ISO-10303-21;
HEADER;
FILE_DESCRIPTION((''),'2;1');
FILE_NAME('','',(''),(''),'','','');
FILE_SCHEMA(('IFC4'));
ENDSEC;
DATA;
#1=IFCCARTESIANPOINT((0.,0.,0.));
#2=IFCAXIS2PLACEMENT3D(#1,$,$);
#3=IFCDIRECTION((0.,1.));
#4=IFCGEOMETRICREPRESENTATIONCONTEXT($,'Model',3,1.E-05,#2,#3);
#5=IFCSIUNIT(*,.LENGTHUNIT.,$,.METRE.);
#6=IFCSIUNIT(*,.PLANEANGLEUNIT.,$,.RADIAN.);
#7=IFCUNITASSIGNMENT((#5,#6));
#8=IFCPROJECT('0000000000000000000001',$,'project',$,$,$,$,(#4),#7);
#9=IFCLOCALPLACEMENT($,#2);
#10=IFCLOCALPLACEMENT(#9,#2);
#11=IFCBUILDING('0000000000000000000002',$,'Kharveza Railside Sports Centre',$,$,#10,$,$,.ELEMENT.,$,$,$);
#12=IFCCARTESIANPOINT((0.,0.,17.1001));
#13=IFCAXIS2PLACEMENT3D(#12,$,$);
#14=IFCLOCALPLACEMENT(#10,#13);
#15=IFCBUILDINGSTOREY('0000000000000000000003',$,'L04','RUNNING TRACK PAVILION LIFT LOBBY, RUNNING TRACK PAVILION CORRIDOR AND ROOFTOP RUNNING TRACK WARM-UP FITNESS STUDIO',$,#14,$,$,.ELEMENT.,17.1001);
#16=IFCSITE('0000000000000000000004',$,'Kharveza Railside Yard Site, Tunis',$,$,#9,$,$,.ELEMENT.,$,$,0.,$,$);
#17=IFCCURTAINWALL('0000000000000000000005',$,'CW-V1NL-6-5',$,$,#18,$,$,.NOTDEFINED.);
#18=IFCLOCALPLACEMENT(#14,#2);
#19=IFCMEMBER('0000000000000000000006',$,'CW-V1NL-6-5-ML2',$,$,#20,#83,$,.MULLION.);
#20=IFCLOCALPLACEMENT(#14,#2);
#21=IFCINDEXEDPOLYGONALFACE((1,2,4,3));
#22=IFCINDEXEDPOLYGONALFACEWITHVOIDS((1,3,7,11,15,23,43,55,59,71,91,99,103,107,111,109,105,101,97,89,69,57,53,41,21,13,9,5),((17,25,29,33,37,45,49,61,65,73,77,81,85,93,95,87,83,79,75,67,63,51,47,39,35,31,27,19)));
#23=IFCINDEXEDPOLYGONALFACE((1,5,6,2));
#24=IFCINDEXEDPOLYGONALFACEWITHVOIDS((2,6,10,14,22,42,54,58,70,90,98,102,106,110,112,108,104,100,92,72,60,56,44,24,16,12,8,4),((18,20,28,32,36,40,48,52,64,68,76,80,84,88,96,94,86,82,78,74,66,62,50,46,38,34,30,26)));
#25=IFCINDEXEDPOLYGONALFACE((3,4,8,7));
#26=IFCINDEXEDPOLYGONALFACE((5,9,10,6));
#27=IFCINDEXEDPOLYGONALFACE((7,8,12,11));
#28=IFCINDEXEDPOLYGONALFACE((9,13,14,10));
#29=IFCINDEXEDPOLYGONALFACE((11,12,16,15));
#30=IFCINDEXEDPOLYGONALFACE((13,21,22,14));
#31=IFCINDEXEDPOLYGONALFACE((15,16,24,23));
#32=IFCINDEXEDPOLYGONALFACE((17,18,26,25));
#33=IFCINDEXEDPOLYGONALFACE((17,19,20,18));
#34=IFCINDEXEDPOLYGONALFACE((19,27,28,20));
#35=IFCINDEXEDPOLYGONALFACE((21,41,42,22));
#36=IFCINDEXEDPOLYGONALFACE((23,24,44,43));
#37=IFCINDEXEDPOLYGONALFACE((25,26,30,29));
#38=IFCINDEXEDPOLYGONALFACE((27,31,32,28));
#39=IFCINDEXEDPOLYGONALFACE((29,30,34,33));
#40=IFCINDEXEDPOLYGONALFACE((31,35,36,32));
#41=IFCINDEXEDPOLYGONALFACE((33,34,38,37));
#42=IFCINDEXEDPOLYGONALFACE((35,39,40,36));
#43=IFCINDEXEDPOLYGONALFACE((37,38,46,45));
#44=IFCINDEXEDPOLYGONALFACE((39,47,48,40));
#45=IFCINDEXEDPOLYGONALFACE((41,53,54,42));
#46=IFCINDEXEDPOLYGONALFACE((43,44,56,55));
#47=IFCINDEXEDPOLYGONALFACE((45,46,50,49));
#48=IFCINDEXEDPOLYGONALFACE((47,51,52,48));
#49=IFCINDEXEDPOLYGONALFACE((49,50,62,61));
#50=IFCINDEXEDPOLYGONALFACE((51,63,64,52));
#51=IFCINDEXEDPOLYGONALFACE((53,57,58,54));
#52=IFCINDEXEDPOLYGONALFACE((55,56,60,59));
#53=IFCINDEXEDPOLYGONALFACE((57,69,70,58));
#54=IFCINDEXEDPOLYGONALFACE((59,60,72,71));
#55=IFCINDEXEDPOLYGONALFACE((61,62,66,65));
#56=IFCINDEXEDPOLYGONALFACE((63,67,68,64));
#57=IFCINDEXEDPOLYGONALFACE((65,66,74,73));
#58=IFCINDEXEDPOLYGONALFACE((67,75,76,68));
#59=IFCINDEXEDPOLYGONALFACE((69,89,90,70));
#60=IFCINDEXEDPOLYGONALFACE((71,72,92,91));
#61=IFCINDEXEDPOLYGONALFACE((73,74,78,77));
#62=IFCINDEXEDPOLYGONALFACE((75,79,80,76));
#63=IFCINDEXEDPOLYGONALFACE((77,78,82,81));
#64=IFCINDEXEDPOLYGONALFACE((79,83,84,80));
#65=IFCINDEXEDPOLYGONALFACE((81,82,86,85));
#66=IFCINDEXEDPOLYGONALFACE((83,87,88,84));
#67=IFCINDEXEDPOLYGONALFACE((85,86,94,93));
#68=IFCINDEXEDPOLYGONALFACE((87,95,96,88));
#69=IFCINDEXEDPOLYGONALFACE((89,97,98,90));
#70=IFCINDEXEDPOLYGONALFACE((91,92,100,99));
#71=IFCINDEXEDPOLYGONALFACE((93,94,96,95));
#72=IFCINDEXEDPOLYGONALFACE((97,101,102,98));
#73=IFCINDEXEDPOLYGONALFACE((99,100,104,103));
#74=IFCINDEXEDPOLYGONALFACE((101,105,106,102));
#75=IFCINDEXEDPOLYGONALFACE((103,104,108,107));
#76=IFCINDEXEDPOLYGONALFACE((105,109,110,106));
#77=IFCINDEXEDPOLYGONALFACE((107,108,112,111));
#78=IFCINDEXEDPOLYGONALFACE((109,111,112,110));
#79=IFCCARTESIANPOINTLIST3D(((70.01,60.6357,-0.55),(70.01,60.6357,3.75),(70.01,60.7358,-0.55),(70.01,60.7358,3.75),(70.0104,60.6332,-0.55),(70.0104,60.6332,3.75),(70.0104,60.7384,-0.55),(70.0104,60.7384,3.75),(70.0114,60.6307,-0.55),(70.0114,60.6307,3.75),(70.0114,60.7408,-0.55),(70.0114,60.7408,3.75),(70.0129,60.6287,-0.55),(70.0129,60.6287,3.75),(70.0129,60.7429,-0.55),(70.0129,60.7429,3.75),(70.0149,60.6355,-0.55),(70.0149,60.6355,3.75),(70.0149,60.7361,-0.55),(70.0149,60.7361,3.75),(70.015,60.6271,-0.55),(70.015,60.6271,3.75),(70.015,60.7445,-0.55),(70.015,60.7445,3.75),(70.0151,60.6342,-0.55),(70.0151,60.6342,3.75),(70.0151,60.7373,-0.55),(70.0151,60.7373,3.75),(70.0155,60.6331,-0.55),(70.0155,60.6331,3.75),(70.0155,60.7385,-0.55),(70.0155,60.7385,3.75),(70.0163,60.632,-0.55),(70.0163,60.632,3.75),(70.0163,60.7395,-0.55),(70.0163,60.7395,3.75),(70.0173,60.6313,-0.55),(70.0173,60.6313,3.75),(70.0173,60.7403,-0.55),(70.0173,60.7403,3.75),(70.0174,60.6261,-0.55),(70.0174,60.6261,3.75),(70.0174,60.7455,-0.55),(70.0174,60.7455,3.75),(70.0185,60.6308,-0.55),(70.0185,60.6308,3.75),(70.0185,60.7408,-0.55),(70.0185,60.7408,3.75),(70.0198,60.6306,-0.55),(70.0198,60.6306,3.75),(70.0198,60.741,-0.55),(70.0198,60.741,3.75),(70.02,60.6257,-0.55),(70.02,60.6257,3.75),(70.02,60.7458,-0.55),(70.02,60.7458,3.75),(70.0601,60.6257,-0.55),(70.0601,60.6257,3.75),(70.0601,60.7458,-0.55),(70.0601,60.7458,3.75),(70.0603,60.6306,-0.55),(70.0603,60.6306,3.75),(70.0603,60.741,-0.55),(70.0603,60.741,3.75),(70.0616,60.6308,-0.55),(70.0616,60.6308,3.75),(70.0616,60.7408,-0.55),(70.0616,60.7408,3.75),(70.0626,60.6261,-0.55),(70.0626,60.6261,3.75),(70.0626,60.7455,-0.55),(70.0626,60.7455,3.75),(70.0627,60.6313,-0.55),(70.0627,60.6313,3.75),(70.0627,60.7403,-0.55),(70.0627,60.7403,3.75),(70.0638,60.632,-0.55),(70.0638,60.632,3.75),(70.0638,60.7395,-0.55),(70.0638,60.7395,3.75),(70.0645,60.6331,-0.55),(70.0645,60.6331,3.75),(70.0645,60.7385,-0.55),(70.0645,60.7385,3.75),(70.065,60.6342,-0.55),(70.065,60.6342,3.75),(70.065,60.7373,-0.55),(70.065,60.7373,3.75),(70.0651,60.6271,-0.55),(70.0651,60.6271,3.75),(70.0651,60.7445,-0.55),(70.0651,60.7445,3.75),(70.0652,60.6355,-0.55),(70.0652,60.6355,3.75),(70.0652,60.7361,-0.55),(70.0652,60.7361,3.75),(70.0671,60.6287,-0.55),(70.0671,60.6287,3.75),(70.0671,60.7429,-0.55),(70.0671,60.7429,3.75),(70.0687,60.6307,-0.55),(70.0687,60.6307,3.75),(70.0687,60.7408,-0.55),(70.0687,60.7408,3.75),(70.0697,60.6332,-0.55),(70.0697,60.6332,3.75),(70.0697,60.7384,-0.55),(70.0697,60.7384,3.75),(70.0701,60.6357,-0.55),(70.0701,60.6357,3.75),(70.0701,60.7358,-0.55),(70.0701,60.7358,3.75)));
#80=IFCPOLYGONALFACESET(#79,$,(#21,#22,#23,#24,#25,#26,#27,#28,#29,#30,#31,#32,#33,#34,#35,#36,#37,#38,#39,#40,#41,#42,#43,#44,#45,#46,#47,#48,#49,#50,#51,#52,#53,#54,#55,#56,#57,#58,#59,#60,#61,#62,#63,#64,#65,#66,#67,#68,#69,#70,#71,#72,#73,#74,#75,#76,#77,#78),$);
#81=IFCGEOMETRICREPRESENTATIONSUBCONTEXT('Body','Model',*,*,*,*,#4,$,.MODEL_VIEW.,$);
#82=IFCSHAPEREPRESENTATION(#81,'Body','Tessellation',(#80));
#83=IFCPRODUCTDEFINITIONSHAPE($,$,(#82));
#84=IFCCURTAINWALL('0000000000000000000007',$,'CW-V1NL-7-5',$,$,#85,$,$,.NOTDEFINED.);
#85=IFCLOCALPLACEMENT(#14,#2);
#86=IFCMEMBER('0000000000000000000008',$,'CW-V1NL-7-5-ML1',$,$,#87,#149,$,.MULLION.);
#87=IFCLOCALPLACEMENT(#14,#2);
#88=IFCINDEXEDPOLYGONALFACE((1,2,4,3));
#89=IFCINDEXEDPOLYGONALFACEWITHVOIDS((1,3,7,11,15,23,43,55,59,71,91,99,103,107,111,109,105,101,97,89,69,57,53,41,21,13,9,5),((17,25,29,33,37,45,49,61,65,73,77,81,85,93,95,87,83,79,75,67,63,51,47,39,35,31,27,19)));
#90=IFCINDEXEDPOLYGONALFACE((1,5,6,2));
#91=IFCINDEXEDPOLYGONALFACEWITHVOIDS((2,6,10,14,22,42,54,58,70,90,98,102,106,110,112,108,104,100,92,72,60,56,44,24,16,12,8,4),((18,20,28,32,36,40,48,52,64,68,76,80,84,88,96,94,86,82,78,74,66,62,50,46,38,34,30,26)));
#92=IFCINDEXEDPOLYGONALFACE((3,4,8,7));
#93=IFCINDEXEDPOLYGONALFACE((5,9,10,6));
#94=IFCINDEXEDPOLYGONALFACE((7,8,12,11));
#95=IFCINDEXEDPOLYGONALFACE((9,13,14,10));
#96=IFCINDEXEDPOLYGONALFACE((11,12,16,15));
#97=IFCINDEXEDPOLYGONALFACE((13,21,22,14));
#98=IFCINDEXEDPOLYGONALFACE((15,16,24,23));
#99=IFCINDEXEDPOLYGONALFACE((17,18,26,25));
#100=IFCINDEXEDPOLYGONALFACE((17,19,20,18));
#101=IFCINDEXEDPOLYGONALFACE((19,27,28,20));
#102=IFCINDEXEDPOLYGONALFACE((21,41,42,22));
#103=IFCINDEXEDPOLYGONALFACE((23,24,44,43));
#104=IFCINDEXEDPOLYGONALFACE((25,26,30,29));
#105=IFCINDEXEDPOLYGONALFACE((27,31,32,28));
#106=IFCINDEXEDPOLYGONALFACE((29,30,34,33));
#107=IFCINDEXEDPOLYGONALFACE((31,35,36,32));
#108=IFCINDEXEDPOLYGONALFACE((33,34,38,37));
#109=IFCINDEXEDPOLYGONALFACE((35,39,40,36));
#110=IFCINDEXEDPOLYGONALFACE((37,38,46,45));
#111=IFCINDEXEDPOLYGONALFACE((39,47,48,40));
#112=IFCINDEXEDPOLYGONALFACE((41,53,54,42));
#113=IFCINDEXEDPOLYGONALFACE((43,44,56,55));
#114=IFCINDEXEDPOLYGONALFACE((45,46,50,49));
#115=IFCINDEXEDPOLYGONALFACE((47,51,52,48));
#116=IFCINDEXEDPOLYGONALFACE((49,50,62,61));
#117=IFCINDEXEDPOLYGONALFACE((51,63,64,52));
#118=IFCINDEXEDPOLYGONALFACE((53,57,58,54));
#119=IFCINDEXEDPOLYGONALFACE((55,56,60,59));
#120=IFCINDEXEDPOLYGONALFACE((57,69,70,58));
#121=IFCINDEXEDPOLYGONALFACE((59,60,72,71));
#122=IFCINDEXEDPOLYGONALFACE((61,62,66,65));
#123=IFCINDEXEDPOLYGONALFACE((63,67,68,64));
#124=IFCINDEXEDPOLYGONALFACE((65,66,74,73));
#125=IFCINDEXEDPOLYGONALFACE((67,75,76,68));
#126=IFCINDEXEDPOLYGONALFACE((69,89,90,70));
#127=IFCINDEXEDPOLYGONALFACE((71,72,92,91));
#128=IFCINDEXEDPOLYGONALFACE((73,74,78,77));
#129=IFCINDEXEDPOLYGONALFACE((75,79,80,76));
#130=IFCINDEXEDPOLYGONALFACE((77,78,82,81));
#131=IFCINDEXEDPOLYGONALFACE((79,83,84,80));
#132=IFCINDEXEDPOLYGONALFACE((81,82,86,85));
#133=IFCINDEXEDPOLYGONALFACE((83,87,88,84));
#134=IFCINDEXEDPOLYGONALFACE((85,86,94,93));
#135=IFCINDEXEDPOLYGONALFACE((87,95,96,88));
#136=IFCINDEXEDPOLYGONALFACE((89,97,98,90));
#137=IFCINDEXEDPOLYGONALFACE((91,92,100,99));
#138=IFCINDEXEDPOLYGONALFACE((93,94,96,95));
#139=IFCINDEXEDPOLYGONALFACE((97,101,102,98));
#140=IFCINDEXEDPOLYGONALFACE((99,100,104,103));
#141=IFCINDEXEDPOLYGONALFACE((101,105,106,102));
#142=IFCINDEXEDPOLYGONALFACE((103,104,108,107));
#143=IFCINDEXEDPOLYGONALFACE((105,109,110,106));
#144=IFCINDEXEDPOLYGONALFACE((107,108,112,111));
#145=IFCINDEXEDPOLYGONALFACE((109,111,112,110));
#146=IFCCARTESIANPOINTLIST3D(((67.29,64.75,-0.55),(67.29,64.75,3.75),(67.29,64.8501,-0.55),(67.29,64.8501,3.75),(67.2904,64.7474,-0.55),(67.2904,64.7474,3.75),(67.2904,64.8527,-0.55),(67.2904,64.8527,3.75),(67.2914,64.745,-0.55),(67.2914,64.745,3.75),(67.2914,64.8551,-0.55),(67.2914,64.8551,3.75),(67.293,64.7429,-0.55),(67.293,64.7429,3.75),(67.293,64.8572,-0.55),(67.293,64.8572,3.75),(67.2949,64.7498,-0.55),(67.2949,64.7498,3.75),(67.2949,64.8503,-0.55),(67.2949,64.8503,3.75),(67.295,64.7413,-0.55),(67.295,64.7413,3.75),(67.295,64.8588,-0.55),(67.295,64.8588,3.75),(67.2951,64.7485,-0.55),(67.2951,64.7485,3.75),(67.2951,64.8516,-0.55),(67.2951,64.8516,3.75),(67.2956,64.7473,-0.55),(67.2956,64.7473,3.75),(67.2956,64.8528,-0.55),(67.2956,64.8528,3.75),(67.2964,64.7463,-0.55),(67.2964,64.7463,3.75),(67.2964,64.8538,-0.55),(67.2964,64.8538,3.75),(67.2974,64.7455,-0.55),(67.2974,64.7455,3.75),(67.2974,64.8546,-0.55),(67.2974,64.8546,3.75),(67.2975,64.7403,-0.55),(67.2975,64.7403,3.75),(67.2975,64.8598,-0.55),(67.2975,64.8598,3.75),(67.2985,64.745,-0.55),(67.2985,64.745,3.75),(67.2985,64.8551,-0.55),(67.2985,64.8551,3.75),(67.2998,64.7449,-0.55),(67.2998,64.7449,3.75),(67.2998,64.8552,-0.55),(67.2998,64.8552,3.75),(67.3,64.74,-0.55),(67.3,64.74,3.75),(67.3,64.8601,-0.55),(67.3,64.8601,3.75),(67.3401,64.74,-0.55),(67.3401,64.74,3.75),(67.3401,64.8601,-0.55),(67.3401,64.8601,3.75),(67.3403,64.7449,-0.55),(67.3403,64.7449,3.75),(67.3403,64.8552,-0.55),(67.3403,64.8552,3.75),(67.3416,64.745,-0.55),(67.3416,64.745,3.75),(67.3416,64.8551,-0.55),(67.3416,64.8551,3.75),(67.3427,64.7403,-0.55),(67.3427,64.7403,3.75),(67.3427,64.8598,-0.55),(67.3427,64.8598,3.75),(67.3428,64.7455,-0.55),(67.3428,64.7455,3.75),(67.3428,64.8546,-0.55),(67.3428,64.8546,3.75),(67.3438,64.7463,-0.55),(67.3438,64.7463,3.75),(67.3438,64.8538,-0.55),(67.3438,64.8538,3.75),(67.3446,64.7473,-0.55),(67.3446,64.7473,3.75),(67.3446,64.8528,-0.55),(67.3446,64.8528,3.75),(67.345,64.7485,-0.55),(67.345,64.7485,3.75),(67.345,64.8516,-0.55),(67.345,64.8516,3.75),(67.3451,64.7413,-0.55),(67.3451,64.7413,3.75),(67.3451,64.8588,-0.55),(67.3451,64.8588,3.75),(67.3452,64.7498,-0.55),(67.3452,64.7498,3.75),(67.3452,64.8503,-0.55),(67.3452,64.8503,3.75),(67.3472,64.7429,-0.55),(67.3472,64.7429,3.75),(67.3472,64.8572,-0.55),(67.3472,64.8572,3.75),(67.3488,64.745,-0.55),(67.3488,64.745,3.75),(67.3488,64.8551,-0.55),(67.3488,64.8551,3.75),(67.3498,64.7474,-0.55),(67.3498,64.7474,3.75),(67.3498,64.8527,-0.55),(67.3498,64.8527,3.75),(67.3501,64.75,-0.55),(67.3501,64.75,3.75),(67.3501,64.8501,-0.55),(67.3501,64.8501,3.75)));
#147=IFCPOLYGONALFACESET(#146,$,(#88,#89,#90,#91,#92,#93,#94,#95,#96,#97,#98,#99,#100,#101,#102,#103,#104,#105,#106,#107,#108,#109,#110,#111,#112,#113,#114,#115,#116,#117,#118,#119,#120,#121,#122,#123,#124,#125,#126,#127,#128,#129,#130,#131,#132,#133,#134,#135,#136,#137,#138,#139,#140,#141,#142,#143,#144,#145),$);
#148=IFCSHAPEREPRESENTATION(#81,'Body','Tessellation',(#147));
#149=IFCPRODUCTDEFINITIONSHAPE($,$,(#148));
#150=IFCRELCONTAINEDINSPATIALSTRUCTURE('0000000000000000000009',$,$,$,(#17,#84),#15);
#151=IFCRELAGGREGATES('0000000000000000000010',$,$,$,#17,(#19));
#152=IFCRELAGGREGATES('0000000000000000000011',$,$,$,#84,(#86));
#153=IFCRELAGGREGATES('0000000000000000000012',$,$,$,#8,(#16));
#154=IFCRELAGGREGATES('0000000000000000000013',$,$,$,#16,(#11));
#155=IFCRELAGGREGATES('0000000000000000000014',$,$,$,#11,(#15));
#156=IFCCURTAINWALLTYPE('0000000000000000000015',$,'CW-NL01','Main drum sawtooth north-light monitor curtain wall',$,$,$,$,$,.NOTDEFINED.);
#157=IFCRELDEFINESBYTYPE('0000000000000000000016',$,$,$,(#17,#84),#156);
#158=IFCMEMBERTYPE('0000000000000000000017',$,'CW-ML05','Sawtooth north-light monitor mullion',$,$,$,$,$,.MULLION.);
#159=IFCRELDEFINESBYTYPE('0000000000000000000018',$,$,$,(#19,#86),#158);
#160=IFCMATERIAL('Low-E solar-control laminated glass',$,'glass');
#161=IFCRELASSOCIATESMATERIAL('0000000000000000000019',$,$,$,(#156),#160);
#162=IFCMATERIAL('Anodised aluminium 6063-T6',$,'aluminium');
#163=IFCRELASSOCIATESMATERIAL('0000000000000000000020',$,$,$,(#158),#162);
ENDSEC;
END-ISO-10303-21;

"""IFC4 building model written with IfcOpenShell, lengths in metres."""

from ifc_helpers import new_model, si_unit, direction, frame, origin, origin_2d, place, context, subcontext, project, spatial, hollow_rectangle, extrude, material, material_profile, profile_set, type_object, element, aggregate, save


model = new_model("IFC4")

# Units and contexts
model_context = context("Model", 3, precision=1e-05, world=origin(), true_north=direction((0.0, 1.0)))
body_context = subcontext(model_context, "Body", "Model", "MODEL_VIEW")
ifc_project = project(units=[si_unit("LENGTHUNIT", "METRE"), si_unit("PLANEANGLEUNIT", "RADIAN")], contexts=[model_context])

# Site, building, storey
site_placement = place(None, origin())
site = spatial("IfcSite", under=ifc_project, at=site_placement, Name="Kharveza Railside Yard Site, Tunis", CompositionType="ELEMENT", RefElevation=0.0)
building_placement = place(site_placement, origin())
building = spatial("IfcBuilding", under=site, at=building_placement, Name="Kharveza Railside Sports Centre", CompositionType="ELEMENT")
storey_placement = place(building_placement, frame((0.0, 0.0, 17.1001)))
storey = spatial("IfcBuildingStorey", under=building, at=storey_placement, Name="L04", Description="RUNNING TRACK PAVILION LIFT LOBBY, RUNNING TRACK PAVILION CORRIDOR AND ROOFTOP RUNNING TRACK WARM-UP FITNESS STUDIO", CompositionType="ELEMENT", Elevation=17.1001)

# Shared definitions
ifc_material_1 = material(Name="Low-E solar-control laminated glass", Category="glass")
curtain_wall_type = type_object("IfcCurtainWallType", Name="CW-NL01", Description="Main drum sawtooth north-light monitor curtain wall", PredefinedType="NOTDEFINED", material=ifc_material_1)
ifc_material_2 = material(Name="Anodised aluminium 6063-T6", Category="aluminium")
ifc_material_profile_1 = material_profile(ifc_material_2, hollow_rectangle(XDim=0.0601, YDim=0.1201, WallThickness=0.0049, InnerFilletRadius=0.0049, OuterFilletRadius=0.01, at=origin_2d()), Name="RHS 60x120x5.0")
ifc_profile_set_1 = profile_set([ifc_material_profile_1], Name="Anodised aluminium 6063-T6")
member_type_1 = type_object("IfcMemberType", Name="CW-ML05", Description="Sawtooth north-light monitor mullion", PredefinedType="MULLION", material=ifc_profile_set_1)

# Curtain walls, members
curtain_wall_1_placement = place(storey_placement, origin())
curtain_wall_1 = element("IfcCurtainWall", 1, at=curtain_wall_1_placement, inside=storey, type_object=curtain_wall_type, Name="CW-V1NL-6-5", PredefinedType="NOTDEFINED")
member_1_placement = place(storey_placement, frame((70.04, 60.6858, -0.55), z_axis=(0.0, 0.0, 1.0), x_axis=(1.0, 0.0, 0.0)))
member_1 = element("IfcMember", 2, at=member_1_placement, type_object=member_type_1, Name="CW-V1NL-6-5-ML2", PredefinedType="MULLION", context=body_context, shape_type="SweptSolid", body=[
    extrude(hollow_rectangle(XDim=0.0601, YDim=0.1201, WallThickness=0.0049, InnerFilletRadius=0.0049, OuterFilletRadius=0.01, at=origin_2d()), origin(), (0.0, 0.0, 1.0), 4.3),
])
curtain_wall_2_placement = place(storey_placement, origin())
curtain_wall_2 = element("IfcCurtainWall", 3, at=curtain_wall_2_placement, inside=storey, type_object=curtain_wall_type, Name="CW-V1NL-7-5", PredefinedType="NOTDEFINED")
member_2_placement = place(storey_placement, frame((67.3201, 64.8, -0.55), z_axis=(0.0, 0.0, 1.0), x_axis=(1.0, 0.0, 0.0)))
member_2 = element("IfcMember", 4, at=member_2_placement, type_object=member_type_1, Name="CW-V1NL-7-5-ML1", PredefinedType="MULLION", context=body_context, shape_type="SweptSolid", body=[
    extrude(hollow_rectangle(XDim=0.0601, YDim=0.1201, WallThickness=0.0049, InnerFilletRadius=0.0049, OuterFilletRadius=0.01, at=origin_2d()), origin(), (0.0, 0.0, 1.0), 4.3),
])

aggregate(curtain_wall_1, [member_1])
aggregate(curtain_wall_2, [member_2])

save(model, "model.ifc")
